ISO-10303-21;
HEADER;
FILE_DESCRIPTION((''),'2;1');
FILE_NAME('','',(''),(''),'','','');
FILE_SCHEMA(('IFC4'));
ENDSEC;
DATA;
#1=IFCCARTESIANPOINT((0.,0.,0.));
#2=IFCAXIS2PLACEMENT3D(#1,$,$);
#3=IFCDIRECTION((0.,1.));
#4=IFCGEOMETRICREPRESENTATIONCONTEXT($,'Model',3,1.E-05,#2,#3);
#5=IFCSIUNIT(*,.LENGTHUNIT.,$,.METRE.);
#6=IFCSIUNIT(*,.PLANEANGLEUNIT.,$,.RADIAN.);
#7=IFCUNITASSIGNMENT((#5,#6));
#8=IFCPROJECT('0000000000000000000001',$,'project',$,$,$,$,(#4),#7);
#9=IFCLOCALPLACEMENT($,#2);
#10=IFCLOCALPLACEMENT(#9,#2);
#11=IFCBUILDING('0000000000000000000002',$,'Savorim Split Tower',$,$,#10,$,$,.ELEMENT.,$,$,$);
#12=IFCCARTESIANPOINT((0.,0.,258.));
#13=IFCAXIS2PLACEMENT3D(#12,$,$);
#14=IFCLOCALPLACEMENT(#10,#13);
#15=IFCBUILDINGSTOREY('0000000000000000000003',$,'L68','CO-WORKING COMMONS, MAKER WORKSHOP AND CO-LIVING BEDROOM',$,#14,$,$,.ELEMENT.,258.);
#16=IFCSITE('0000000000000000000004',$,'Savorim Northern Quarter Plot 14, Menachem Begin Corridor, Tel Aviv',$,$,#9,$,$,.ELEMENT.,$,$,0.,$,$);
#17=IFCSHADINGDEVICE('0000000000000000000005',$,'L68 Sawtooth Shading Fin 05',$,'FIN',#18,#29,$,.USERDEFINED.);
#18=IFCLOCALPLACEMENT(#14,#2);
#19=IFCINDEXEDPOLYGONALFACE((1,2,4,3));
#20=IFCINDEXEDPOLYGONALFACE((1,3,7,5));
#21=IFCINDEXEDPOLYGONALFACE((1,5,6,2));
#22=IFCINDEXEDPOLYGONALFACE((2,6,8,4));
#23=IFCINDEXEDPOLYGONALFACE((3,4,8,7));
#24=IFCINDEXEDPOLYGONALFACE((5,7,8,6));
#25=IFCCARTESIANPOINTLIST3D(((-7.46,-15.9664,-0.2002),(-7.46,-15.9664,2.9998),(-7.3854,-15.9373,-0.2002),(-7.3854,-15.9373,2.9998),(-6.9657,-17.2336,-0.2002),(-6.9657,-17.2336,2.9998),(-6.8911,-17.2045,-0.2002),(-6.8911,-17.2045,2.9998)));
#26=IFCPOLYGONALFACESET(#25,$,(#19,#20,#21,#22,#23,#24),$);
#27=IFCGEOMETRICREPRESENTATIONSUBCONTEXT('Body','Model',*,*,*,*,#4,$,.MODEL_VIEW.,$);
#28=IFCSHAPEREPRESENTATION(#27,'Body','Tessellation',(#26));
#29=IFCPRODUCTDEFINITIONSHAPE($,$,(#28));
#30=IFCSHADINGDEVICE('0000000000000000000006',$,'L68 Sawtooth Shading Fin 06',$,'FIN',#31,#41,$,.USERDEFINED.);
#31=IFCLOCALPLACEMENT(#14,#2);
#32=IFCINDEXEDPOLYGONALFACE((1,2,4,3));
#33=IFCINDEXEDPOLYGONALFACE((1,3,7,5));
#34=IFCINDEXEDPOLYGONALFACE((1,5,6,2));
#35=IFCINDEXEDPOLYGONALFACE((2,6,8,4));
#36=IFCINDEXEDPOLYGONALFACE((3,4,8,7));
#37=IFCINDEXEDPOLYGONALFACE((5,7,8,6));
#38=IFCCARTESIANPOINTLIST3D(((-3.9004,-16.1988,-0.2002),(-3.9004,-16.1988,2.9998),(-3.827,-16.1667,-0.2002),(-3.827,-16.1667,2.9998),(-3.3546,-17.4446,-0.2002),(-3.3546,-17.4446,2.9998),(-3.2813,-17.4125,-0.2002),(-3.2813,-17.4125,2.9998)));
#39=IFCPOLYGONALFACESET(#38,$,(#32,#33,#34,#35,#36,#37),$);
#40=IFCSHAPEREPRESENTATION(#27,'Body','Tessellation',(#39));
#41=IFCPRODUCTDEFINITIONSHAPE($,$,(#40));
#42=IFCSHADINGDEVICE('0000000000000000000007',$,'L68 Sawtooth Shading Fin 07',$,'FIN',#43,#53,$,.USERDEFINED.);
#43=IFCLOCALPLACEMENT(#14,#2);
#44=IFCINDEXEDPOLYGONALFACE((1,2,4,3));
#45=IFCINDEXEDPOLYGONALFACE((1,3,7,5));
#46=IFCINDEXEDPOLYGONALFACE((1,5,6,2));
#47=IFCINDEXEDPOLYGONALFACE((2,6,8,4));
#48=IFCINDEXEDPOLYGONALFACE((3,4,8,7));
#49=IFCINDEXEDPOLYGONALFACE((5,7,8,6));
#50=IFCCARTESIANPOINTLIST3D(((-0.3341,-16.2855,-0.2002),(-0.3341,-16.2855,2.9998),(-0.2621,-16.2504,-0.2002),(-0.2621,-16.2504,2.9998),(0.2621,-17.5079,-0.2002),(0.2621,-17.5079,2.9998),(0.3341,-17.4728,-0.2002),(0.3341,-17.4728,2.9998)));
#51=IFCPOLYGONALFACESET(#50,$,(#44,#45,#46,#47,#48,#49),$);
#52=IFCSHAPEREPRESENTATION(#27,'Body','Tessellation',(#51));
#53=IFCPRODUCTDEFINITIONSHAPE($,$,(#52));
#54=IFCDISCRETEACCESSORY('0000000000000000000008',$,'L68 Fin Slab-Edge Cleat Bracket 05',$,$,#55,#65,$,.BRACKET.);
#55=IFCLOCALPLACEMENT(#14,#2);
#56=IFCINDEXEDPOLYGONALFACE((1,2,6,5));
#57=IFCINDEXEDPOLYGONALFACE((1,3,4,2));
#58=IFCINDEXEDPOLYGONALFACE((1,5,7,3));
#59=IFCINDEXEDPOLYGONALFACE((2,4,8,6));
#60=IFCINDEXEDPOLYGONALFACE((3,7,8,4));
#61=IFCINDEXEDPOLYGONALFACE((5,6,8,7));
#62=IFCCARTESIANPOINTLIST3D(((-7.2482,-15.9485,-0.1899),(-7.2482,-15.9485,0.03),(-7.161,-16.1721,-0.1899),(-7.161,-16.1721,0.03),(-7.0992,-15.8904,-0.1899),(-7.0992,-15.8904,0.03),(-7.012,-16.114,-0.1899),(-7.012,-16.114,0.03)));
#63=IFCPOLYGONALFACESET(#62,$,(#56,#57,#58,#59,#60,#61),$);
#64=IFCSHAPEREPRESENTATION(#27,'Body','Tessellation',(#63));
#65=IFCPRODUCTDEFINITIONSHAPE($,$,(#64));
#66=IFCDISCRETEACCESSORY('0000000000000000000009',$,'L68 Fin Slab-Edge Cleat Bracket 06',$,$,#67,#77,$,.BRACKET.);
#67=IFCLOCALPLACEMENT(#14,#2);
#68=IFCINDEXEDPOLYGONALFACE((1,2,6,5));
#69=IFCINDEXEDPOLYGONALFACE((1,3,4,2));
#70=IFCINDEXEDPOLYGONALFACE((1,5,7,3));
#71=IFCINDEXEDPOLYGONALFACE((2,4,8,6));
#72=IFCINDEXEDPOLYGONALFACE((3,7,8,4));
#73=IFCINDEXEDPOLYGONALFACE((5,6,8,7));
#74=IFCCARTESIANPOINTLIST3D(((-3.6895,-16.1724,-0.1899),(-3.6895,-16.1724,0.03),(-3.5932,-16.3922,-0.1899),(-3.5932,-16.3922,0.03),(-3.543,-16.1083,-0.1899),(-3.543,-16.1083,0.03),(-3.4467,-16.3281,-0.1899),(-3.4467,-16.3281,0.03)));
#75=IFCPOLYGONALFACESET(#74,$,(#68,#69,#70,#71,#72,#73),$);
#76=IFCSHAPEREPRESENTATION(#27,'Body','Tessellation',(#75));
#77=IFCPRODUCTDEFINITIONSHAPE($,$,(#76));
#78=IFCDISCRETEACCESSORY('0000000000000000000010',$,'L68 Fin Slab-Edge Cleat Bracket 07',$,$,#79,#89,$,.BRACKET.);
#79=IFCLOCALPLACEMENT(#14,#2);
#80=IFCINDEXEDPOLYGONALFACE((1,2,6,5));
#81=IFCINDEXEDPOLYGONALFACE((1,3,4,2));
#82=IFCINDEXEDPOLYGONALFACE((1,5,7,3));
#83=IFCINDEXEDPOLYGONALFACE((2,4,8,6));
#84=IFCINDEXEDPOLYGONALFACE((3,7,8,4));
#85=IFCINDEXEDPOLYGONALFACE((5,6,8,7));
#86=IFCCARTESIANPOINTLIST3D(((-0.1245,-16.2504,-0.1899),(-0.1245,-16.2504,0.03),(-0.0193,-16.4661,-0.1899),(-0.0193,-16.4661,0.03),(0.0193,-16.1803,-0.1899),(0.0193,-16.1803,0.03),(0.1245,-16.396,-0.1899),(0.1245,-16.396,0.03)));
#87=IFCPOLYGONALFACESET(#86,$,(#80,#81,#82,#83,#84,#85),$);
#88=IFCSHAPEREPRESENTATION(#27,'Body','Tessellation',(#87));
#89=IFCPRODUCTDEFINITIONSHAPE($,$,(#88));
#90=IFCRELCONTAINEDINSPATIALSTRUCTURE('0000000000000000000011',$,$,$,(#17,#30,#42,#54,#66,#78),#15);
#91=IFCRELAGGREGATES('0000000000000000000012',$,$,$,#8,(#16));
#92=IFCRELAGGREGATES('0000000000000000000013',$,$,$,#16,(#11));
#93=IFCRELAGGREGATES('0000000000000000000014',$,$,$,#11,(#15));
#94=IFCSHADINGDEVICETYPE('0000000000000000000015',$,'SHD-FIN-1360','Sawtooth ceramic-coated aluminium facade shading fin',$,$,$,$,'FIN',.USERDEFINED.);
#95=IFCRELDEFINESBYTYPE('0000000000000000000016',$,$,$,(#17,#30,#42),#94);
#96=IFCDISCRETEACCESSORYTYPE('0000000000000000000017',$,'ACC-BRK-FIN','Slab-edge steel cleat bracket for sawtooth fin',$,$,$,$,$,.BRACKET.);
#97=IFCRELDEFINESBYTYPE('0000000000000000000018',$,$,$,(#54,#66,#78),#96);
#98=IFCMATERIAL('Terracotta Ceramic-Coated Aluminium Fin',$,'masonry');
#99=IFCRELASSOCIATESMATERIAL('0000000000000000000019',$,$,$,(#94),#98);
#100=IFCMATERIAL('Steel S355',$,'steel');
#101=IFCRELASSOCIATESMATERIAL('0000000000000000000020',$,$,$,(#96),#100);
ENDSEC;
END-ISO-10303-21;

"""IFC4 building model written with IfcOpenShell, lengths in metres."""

from ifc_helpers import new_model, si_unit, direction, frame, origin, origin_2d, place, context, subcontext, project, spatial, rectangle, extrude, material, type_object, element, save


model = new_model("IFC4")

# Units and contexts
model_context = context("Model", 3, precision=1e-05, world=origin(), true_north=direction((0.0, 1.0)))
body_context = subcontext(model_context, "Body", "Model", "MODEL_VIEW")
ifc_project = project(units=[si_unit("LENGTHUNIT", "METRE"), si_unit("PLANEANGLEUNIT", "RADIAN")], contexts=[model_context])

# Site, building, storey
site_placement = place(None, origin())
site = spatial("IfcSite", under=ifc_project, at=site_placement, Name="Savorim Northern Quarter Plot 14, Menachem Begin Corridor, Tel Aviv", CompositionType="ELEMENT", RefElevation=0.0)
building_placement = place(site_placement, origin())
building = spatial("IfcBuilding", under=site, at=building_placement, Name="Savorim Split Tower", CompositionType="ELEMENT")
storey_placement = place(building_placement, frame((0.0, 0.0, 258.0)))
storey = spatial("IfcBuildingStorey", under=building, at=storey_placement, Name="L68", Description="CO-WORKING COMMONS, MAKER WORKSHOP AND CO-LIVING BEDROOM", CompositionType="ELEMENT", Elevation=258.0)

# Shared definitions
ifc_material_1 = material(Name="Steel S355", Category="steel")

# Shading devices
ifc_material_2 = material(Name="Terracotta Ceramic-Coated Aluminium Fin", Category="masonry")
shading_device_type = type_object("IfcShadingDeviceType", Name="SHD-FIN-1360", Description="Sawtooth ceramic-coated aluminium facade shading fin", ElementType="FIN", PredefinedType="USERDEFINED", material=ifc_material_2)
for number, where, z_axis, x_axis, name in (
    (1, (-7.1755, -16.5854, -0.2002), (0.0, 0.0, 1.0), (0.363415, -0.931627, 0.0), "L68 Sawtooth Shading Fin 05"),
    (2, (-3.5908, -16.8057, -0.2002), (0.0, 0.0, 1.0), (0.40123, -0.915977, 0.0), "L68 Sawtooth Shading Fin 06"),
    (3, (0.0, -16.8792, -0.2002), (0.0, 0.0, 1.0), (0.438371, -0.898794, 0.0), "L68 Sawtooth Shading Fin 07"),
):
    element("IfcShadingDevice", number, at=place(storey_placement, frame(where, z_axis=z_axis, x_axis=x_axis)), inside=storey, type_object=shading_device_type, Name=name, ObjectType="FIN", PredefinedType="USERDEFINED", context=body_context, shape_type="SweptSolid", body=[
        extrude(rectangle(XDim=1.3601, YDim=0.0801, at=origin_2d()), origin(), (0.0, 0.0, 1.0), 3.2),
    ])

# Discrete accessories
discrete_accessory_type = type_object("IfcDiscreteAccessoryType", Name="ACC-BRK-FIN", Description="Slab-edge steel cleat bracket for sawtooth fin", PredefinedType="BRACKET", material=ifc_material_1)
for number, where, z_axis, x_axis, name in (
    (4, (-7.1301, -16.0312, -0.1899), (0.0, 0.0, 1.0), (0.363415, -0.931627, 0.0), "L68 Fin Slab-Edge Cleat Bracket 05"),
    (5, (-3.5681, -16.2502, -0.1899), (0.0, 0.0, 1.0), (0.40123, -0.915977, 0.0), "L68 Fin Slab-Edge Cleat Bracket 06"),
    (6, (0.0, -16.3232, -0.1899), (0.0, 0.0, 1.0), (0.438371, -0.898794, 0.0), "L68 Fin Slab-Edge Cleat Bracket 07"),
):
    element("IfcDiscreteAccessory", number, at=place(storey_placement, frame(where, z_axis=z_axis, x_axis=x_axis)), inside=storey, type_object=discrete_accessory_type, Name=name, PredefinedType="BRACKET", context=body_context, shape_type="SweptSolid", body=[
        extrude(rectangle(XDim=0.24, YDim=0.1599, at=origin_2d()), origin(), (0.0, 0.0, 1.0), 0.22),
    ])

save(model, "model.ifc")
